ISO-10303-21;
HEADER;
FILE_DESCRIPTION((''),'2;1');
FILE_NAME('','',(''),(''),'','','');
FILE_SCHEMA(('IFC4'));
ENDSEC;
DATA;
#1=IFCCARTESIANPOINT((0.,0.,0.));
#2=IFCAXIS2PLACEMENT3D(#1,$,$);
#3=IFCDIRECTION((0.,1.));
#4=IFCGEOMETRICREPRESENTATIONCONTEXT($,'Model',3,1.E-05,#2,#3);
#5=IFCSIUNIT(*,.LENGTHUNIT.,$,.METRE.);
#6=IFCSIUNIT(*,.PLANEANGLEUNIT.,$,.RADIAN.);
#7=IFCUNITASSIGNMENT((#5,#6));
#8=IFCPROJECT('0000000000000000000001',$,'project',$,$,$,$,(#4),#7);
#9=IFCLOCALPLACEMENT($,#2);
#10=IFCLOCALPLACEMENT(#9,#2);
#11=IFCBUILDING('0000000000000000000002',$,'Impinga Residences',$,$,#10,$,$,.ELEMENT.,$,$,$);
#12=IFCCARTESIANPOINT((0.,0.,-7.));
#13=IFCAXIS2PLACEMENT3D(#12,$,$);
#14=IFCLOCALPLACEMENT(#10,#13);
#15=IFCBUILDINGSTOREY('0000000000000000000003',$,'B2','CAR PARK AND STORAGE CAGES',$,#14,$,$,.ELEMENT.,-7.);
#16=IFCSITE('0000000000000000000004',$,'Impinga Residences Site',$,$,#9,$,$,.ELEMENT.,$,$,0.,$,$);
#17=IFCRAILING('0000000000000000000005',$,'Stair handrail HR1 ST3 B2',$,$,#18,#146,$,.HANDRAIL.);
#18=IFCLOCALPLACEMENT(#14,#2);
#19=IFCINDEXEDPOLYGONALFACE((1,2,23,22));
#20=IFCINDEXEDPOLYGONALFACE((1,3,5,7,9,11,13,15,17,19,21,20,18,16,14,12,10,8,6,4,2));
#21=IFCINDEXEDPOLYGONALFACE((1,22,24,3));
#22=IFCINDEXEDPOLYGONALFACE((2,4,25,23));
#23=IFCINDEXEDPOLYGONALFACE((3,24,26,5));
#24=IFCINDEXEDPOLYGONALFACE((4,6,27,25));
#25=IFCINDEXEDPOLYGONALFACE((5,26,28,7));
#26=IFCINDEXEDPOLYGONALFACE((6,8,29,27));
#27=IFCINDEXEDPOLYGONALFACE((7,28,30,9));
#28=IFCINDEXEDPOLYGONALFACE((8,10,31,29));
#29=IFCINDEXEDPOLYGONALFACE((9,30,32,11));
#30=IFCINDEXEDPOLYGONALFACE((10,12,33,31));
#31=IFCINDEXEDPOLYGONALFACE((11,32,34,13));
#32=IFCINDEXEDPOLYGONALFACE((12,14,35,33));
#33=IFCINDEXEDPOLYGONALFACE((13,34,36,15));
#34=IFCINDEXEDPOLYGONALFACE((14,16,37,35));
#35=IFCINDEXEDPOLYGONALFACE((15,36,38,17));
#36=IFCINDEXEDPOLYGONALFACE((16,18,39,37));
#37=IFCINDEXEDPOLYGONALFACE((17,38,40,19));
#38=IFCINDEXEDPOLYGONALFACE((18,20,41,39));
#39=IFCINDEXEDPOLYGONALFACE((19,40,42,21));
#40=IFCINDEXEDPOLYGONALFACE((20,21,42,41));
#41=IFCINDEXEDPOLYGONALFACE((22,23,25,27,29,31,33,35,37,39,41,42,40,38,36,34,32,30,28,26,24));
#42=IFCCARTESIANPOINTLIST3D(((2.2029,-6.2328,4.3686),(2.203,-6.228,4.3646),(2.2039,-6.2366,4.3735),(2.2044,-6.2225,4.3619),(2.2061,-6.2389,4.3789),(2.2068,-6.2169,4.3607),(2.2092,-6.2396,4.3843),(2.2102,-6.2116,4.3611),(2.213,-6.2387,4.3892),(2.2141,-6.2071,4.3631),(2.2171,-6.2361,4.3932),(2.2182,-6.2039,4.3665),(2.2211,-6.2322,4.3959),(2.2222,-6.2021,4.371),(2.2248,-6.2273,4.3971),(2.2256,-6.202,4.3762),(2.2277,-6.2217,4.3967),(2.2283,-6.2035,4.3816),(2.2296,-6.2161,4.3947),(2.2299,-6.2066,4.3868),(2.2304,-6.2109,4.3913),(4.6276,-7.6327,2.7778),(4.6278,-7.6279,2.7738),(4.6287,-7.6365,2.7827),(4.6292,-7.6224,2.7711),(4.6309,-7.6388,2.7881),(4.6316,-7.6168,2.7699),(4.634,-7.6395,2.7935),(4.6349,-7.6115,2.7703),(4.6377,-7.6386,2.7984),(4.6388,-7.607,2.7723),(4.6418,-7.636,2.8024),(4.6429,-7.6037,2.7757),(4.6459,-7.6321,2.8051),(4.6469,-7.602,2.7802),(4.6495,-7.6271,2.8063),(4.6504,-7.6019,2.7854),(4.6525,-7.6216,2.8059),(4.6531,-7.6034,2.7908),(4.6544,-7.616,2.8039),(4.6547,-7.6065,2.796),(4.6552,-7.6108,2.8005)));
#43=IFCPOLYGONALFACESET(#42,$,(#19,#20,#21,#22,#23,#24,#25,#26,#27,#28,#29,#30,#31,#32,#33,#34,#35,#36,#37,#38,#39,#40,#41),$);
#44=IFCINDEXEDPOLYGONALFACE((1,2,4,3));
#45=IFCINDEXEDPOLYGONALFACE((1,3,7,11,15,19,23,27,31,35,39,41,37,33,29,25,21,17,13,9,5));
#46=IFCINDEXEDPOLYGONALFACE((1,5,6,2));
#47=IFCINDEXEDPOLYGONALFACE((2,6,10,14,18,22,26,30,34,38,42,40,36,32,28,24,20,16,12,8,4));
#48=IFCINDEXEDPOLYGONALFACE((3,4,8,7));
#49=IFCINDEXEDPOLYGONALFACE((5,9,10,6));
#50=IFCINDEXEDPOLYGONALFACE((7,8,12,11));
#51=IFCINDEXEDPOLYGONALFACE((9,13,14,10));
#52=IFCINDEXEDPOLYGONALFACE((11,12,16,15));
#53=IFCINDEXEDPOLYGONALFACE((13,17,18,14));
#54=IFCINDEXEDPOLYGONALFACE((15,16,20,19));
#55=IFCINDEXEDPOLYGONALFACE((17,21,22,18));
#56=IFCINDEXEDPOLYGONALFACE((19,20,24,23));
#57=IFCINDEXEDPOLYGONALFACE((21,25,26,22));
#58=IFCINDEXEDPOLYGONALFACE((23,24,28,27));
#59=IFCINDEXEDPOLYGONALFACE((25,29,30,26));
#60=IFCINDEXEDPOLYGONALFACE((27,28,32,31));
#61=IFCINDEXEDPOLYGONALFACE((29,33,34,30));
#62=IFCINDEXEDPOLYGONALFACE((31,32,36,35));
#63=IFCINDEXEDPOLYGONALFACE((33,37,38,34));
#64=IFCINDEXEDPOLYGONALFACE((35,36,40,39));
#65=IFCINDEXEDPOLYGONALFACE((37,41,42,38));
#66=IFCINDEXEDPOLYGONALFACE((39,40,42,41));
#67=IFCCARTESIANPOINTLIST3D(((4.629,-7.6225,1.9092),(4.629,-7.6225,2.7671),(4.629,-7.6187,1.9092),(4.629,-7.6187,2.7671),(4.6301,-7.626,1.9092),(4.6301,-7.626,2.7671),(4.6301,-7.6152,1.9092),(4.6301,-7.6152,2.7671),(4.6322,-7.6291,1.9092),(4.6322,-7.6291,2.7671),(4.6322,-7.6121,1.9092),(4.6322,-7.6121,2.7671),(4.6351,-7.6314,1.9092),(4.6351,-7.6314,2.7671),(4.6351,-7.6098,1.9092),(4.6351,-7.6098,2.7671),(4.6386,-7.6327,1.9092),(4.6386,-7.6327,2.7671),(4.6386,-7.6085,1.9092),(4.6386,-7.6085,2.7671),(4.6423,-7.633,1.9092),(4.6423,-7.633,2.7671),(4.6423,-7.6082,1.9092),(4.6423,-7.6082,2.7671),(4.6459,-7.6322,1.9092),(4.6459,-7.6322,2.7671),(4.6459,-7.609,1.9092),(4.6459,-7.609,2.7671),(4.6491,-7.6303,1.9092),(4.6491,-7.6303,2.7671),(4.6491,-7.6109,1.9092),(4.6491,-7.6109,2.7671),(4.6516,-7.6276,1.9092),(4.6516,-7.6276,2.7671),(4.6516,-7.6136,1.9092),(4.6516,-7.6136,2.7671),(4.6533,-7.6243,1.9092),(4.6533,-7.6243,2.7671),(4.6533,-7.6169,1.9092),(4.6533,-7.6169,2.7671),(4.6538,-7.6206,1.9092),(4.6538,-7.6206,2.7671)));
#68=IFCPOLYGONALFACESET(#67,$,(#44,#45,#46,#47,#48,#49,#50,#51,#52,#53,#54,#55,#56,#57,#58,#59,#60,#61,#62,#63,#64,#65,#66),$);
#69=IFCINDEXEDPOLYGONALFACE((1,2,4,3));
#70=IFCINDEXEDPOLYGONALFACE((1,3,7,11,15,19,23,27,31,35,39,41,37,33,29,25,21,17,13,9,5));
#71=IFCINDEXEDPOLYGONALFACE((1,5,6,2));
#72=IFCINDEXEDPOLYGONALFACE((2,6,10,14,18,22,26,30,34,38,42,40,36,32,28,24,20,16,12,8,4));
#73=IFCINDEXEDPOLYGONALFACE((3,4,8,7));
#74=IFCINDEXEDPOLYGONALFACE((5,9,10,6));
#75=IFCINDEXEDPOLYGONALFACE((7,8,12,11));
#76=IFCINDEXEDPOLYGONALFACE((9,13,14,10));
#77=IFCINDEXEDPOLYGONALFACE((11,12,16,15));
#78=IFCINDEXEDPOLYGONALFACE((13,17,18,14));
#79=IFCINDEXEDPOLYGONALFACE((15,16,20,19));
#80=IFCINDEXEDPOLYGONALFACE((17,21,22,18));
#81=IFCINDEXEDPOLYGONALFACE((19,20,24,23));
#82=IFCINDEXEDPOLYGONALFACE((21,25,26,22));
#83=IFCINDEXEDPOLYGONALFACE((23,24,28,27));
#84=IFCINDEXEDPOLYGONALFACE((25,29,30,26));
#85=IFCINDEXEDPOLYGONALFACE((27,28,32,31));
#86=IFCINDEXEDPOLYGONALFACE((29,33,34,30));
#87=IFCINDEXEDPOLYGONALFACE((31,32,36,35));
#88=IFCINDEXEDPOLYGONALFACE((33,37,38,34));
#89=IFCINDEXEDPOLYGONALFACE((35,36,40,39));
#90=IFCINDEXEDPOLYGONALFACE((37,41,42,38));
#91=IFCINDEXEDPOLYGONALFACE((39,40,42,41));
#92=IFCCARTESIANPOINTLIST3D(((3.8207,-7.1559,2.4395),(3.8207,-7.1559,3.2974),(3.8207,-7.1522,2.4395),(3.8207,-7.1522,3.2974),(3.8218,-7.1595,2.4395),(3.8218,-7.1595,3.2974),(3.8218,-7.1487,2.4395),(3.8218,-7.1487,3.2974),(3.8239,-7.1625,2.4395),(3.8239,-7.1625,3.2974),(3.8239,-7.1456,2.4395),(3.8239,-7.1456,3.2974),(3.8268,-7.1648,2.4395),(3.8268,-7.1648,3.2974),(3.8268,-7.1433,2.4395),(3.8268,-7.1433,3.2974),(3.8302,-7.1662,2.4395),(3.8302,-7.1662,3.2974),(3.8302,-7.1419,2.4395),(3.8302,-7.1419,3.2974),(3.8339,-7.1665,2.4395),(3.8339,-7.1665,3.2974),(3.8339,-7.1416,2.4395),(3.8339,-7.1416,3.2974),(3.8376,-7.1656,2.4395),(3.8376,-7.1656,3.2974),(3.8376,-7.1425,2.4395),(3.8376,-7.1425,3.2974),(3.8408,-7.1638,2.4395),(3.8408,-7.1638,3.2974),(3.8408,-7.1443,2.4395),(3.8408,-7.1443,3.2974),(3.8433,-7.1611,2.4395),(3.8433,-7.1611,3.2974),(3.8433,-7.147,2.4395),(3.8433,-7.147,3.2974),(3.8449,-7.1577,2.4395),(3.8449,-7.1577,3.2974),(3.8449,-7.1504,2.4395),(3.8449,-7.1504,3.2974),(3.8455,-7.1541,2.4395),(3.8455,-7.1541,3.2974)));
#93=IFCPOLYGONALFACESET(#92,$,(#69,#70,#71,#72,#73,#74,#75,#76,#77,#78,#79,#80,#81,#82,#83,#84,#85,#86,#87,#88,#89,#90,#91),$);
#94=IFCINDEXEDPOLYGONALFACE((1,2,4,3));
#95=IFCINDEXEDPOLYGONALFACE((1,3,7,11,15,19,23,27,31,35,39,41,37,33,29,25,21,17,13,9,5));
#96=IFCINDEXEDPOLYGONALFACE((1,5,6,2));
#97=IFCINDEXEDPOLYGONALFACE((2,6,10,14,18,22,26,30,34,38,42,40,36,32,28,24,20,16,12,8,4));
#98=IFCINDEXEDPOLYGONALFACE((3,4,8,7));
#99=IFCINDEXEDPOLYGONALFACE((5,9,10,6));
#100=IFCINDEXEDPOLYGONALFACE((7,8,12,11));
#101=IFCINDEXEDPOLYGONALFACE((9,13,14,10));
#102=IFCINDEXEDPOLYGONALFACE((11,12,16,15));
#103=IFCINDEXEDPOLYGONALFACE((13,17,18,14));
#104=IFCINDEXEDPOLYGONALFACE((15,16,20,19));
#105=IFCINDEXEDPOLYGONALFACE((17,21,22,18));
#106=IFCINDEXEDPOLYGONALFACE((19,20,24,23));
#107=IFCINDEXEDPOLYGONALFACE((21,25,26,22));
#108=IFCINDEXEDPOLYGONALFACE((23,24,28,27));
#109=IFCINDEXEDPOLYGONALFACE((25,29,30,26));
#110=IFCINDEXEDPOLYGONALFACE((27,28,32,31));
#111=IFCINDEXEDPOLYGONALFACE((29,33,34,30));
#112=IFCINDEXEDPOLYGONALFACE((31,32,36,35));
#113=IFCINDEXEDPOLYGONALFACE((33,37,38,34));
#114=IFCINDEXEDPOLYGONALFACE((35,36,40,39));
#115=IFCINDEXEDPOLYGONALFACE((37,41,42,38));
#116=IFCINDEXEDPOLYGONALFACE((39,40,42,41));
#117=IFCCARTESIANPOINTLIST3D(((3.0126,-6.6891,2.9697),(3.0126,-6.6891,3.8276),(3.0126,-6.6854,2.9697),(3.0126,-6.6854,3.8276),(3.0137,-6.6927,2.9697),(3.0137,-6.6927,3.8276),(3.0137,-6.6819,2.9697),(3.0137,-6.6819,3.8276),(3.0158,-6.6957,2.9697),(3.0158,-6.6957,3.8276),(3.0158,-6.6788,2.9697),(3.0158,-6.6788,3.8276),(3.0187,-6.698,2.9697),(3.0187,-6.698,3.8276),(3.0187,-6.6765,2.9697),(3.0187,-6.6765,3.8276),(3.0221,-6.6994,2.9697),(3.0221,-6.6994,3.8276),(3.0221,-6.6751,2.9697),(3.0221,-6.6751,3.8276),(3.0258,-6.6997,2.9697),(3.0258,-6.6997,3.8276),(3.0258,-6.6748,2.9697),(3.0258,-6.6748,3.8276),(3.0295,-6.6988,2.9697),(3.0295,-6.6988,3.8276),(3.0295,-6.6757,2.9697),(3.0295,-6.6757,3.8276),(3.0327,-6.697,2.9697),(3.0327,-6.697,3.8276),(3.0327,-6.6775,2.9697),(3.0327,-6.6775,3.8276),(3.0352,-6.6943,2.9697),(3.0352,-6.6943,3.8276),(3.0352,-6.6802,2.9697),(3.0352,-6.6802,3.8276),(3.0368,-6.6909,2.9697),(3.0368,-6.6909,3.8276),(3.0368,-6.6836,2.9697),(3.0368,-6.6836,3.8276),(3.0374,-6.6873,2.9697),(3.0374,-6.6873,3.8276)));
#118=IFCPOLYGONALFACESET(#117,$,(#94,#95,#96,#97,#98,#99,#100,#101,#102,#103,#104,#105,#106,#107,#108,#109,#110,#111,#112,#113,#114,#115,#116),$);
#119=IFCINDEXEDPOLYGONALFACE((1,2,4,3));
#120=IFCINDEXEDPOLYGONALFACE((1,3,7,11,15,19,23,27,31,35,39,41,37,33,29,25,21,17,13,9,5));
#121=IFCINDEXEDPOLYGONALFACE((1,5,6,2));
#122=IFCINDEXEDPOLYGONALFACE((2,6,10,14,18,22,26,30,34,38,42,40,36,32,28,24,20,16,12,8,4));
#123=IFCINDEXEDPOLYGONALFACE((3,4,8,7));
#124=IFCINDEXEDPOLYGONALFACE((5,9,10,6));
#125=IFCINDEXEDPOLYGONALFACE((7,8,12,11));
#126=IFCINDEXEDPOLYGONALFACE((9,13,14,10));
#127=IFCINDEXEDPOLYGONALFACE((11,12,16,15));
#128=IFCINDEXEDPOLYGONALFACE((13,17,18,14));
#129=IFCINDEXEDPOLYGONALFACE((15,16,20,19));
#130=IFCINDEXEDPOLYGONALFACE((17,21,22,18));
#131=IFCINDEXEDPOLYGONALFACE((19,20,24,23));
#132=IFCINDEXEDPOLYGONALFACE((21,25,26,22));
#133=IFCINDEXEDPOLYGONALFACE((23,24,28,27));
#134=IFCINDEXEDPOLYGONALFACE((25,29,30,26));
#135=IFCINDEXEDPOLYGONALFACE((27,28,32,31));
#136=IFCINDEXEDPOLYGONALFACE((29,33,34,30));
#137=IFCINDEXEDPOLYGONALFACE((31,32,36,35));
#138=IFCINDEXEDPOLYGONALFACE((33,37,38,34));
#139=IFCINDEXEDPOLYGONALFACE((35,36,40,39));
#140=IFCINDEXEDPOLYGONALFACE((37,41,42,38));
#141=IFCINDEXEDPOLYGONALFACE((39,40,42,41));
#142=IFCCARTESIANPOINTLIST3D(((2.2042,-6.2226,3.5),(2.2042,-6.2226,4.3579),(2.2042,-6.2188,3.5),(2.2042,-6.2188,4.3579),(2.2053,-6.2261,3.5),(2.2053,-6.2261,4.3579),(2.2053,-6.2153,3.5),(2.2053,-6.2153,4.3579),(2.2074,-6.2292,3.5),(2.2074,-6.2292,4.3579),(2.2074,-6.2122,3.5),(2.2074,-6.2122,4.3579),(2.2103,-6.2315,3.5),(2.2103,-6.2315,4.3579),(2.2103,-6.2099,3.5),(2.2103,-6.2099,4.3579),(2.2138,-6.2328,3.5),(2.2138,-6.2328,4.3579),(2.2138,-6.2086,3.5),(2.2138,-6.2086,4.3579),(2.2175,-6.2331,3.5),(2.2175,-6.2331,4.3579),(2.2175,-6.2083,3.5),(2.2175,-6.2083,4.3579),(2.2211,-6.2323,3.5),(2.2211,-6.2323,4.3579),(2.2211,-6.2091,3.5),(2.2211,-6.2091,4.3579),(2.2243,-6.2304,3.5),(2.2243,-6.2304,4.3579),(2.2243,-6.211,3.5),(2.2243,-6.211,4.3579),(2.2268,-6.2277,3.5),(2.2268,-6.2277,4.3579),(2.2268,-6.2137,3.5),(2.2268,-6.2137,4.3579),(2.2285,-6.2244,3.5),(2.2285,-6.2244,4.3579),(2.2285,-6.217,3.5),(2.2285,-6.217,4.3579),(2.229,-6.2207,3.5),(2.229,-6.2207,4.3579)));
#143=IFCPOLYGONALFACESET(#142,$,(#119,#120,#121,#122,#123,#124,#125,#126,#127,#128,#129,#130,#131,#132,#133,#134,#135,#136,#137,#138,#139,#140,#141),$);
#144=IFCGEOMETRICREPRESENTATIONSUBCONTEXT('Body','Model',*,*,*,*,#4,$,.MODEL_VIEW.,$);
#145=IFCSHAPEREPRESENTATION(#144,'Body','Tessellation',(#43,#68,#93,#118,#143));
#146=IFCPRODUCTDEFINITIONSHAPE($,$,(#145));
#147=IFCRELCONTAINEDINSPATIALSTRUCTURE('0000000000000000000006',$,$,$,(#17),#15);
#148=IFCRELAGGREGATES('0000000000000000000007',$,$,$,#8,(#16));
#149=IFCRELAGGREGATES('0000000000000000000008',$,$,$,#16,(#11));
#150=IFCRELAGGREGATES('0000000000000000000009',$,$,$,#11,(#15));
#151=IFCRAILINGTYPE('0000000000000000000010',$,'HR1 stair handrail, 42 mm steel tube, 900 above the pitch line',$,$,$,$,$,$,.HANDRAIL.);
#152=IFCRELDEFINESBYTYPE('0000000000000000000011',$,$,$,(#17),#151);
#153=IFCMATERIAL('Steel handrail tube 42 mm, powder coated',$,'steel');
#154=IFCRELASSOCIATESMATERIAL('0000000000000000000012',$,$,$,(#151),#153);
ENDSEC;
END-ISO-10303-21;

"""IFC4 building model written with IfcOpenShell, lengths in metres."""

from ifc_helpers import new_model, si_unit, direction, frame, origin, origin_2d, place, context, subcontext, project, spatial, circle, extrude, material, type_object, element, save


model = new_model("IFC4")

# Units and contexts
model_context = context("Model", 3, precision=1e-05, world=origin(), true_north=direction((0.0, 1.0)))
body_context = subcontext(model_context, "Body", "Model", "MODEL_VIEW")
ifc_project = project(units=[si_unit("LENGTHUNIT", "METRE"), si_unit("PLANEANGLEUNIT", "RADIAN")], contexts=[model_context])

# Site, building, storey
site_placement = place(None, origin())
site = spatial("IfcSite", under=ifc_project, at=site_placement, Name="Impinga Residences Site", CompositionType="ELEMENT", RefElevation=0.0)
building_placement = place(site_placement, origin())
building = spatial("IfcBuilding", under=site, at=building_placement, Name="Impinga Residences", CompositionType="ELEMENT")
storey_placement = place(building_placement, frame((0.0, 0.0, -7.0)))
storey = spatial("IfcBuildingStorey", under=building, at=storey_placement, Name="B2", Description="CAR PARK AND STORAGE CAGES", CompositionType="ELEMENT", Elevation=-7.0)

# Railing
ifc_material_1 = material(Name="Steel handrail tube 42 mm, powder coated", Category="steel")
railing_type_1 = type_object("IfcRailingType", Name="HR1 stair handrail, 42 mm steel tube, 900 above the pitch line", PredefinedType="HANDRAIL", material=ifc_material_1)
railing_1_placement = place(storey_placement, frame((4.6414, -7.6206, 1.9092)))
element("IfcRailing", 1, at=railing_1_placement, inside=storey, type_object=railing_type_1, Name="Stair handrail HR1 ST3 B2", PredefinedType="HANDRAIL", context=body_context, shape_type="SweptSolid", body=[
    extrude(circle(Radius=0.021, at=origin_2d()), frame((0.0, 0.0, 0.8789), z_axis=(-0.752983, 0.434716, 0.494003), x_axis=(-0.499984, -0.866035, 0.0)), (0.0, 0.0, 1.0), 3.2202),
    extrude(circle(Radius=0.0125, at=origin_2d()), origin(), (0.0, 0.0, 1.0), 0.8579),
    extrude(circle(Radius=0.0125, at=origin_2d()), frame((-0.8083, 0.4666, 0.5303)), (0.0, 0.0, 1.0), 0.8579),
    extrude(circle(Radius=0.0125, at=origin_2d()), frame((-1.6165, 0.9333, 1.0605)), (0.0, 0.0, 1.0), 0.8579),
    extrude(circle(Radius=0.0125, at=origin_2d()), frame((-2.4248, 1.3999, 1.5908)), (0.0, 0.0, 1.0), 0.8579),
])

save(model, "model.ifc")
